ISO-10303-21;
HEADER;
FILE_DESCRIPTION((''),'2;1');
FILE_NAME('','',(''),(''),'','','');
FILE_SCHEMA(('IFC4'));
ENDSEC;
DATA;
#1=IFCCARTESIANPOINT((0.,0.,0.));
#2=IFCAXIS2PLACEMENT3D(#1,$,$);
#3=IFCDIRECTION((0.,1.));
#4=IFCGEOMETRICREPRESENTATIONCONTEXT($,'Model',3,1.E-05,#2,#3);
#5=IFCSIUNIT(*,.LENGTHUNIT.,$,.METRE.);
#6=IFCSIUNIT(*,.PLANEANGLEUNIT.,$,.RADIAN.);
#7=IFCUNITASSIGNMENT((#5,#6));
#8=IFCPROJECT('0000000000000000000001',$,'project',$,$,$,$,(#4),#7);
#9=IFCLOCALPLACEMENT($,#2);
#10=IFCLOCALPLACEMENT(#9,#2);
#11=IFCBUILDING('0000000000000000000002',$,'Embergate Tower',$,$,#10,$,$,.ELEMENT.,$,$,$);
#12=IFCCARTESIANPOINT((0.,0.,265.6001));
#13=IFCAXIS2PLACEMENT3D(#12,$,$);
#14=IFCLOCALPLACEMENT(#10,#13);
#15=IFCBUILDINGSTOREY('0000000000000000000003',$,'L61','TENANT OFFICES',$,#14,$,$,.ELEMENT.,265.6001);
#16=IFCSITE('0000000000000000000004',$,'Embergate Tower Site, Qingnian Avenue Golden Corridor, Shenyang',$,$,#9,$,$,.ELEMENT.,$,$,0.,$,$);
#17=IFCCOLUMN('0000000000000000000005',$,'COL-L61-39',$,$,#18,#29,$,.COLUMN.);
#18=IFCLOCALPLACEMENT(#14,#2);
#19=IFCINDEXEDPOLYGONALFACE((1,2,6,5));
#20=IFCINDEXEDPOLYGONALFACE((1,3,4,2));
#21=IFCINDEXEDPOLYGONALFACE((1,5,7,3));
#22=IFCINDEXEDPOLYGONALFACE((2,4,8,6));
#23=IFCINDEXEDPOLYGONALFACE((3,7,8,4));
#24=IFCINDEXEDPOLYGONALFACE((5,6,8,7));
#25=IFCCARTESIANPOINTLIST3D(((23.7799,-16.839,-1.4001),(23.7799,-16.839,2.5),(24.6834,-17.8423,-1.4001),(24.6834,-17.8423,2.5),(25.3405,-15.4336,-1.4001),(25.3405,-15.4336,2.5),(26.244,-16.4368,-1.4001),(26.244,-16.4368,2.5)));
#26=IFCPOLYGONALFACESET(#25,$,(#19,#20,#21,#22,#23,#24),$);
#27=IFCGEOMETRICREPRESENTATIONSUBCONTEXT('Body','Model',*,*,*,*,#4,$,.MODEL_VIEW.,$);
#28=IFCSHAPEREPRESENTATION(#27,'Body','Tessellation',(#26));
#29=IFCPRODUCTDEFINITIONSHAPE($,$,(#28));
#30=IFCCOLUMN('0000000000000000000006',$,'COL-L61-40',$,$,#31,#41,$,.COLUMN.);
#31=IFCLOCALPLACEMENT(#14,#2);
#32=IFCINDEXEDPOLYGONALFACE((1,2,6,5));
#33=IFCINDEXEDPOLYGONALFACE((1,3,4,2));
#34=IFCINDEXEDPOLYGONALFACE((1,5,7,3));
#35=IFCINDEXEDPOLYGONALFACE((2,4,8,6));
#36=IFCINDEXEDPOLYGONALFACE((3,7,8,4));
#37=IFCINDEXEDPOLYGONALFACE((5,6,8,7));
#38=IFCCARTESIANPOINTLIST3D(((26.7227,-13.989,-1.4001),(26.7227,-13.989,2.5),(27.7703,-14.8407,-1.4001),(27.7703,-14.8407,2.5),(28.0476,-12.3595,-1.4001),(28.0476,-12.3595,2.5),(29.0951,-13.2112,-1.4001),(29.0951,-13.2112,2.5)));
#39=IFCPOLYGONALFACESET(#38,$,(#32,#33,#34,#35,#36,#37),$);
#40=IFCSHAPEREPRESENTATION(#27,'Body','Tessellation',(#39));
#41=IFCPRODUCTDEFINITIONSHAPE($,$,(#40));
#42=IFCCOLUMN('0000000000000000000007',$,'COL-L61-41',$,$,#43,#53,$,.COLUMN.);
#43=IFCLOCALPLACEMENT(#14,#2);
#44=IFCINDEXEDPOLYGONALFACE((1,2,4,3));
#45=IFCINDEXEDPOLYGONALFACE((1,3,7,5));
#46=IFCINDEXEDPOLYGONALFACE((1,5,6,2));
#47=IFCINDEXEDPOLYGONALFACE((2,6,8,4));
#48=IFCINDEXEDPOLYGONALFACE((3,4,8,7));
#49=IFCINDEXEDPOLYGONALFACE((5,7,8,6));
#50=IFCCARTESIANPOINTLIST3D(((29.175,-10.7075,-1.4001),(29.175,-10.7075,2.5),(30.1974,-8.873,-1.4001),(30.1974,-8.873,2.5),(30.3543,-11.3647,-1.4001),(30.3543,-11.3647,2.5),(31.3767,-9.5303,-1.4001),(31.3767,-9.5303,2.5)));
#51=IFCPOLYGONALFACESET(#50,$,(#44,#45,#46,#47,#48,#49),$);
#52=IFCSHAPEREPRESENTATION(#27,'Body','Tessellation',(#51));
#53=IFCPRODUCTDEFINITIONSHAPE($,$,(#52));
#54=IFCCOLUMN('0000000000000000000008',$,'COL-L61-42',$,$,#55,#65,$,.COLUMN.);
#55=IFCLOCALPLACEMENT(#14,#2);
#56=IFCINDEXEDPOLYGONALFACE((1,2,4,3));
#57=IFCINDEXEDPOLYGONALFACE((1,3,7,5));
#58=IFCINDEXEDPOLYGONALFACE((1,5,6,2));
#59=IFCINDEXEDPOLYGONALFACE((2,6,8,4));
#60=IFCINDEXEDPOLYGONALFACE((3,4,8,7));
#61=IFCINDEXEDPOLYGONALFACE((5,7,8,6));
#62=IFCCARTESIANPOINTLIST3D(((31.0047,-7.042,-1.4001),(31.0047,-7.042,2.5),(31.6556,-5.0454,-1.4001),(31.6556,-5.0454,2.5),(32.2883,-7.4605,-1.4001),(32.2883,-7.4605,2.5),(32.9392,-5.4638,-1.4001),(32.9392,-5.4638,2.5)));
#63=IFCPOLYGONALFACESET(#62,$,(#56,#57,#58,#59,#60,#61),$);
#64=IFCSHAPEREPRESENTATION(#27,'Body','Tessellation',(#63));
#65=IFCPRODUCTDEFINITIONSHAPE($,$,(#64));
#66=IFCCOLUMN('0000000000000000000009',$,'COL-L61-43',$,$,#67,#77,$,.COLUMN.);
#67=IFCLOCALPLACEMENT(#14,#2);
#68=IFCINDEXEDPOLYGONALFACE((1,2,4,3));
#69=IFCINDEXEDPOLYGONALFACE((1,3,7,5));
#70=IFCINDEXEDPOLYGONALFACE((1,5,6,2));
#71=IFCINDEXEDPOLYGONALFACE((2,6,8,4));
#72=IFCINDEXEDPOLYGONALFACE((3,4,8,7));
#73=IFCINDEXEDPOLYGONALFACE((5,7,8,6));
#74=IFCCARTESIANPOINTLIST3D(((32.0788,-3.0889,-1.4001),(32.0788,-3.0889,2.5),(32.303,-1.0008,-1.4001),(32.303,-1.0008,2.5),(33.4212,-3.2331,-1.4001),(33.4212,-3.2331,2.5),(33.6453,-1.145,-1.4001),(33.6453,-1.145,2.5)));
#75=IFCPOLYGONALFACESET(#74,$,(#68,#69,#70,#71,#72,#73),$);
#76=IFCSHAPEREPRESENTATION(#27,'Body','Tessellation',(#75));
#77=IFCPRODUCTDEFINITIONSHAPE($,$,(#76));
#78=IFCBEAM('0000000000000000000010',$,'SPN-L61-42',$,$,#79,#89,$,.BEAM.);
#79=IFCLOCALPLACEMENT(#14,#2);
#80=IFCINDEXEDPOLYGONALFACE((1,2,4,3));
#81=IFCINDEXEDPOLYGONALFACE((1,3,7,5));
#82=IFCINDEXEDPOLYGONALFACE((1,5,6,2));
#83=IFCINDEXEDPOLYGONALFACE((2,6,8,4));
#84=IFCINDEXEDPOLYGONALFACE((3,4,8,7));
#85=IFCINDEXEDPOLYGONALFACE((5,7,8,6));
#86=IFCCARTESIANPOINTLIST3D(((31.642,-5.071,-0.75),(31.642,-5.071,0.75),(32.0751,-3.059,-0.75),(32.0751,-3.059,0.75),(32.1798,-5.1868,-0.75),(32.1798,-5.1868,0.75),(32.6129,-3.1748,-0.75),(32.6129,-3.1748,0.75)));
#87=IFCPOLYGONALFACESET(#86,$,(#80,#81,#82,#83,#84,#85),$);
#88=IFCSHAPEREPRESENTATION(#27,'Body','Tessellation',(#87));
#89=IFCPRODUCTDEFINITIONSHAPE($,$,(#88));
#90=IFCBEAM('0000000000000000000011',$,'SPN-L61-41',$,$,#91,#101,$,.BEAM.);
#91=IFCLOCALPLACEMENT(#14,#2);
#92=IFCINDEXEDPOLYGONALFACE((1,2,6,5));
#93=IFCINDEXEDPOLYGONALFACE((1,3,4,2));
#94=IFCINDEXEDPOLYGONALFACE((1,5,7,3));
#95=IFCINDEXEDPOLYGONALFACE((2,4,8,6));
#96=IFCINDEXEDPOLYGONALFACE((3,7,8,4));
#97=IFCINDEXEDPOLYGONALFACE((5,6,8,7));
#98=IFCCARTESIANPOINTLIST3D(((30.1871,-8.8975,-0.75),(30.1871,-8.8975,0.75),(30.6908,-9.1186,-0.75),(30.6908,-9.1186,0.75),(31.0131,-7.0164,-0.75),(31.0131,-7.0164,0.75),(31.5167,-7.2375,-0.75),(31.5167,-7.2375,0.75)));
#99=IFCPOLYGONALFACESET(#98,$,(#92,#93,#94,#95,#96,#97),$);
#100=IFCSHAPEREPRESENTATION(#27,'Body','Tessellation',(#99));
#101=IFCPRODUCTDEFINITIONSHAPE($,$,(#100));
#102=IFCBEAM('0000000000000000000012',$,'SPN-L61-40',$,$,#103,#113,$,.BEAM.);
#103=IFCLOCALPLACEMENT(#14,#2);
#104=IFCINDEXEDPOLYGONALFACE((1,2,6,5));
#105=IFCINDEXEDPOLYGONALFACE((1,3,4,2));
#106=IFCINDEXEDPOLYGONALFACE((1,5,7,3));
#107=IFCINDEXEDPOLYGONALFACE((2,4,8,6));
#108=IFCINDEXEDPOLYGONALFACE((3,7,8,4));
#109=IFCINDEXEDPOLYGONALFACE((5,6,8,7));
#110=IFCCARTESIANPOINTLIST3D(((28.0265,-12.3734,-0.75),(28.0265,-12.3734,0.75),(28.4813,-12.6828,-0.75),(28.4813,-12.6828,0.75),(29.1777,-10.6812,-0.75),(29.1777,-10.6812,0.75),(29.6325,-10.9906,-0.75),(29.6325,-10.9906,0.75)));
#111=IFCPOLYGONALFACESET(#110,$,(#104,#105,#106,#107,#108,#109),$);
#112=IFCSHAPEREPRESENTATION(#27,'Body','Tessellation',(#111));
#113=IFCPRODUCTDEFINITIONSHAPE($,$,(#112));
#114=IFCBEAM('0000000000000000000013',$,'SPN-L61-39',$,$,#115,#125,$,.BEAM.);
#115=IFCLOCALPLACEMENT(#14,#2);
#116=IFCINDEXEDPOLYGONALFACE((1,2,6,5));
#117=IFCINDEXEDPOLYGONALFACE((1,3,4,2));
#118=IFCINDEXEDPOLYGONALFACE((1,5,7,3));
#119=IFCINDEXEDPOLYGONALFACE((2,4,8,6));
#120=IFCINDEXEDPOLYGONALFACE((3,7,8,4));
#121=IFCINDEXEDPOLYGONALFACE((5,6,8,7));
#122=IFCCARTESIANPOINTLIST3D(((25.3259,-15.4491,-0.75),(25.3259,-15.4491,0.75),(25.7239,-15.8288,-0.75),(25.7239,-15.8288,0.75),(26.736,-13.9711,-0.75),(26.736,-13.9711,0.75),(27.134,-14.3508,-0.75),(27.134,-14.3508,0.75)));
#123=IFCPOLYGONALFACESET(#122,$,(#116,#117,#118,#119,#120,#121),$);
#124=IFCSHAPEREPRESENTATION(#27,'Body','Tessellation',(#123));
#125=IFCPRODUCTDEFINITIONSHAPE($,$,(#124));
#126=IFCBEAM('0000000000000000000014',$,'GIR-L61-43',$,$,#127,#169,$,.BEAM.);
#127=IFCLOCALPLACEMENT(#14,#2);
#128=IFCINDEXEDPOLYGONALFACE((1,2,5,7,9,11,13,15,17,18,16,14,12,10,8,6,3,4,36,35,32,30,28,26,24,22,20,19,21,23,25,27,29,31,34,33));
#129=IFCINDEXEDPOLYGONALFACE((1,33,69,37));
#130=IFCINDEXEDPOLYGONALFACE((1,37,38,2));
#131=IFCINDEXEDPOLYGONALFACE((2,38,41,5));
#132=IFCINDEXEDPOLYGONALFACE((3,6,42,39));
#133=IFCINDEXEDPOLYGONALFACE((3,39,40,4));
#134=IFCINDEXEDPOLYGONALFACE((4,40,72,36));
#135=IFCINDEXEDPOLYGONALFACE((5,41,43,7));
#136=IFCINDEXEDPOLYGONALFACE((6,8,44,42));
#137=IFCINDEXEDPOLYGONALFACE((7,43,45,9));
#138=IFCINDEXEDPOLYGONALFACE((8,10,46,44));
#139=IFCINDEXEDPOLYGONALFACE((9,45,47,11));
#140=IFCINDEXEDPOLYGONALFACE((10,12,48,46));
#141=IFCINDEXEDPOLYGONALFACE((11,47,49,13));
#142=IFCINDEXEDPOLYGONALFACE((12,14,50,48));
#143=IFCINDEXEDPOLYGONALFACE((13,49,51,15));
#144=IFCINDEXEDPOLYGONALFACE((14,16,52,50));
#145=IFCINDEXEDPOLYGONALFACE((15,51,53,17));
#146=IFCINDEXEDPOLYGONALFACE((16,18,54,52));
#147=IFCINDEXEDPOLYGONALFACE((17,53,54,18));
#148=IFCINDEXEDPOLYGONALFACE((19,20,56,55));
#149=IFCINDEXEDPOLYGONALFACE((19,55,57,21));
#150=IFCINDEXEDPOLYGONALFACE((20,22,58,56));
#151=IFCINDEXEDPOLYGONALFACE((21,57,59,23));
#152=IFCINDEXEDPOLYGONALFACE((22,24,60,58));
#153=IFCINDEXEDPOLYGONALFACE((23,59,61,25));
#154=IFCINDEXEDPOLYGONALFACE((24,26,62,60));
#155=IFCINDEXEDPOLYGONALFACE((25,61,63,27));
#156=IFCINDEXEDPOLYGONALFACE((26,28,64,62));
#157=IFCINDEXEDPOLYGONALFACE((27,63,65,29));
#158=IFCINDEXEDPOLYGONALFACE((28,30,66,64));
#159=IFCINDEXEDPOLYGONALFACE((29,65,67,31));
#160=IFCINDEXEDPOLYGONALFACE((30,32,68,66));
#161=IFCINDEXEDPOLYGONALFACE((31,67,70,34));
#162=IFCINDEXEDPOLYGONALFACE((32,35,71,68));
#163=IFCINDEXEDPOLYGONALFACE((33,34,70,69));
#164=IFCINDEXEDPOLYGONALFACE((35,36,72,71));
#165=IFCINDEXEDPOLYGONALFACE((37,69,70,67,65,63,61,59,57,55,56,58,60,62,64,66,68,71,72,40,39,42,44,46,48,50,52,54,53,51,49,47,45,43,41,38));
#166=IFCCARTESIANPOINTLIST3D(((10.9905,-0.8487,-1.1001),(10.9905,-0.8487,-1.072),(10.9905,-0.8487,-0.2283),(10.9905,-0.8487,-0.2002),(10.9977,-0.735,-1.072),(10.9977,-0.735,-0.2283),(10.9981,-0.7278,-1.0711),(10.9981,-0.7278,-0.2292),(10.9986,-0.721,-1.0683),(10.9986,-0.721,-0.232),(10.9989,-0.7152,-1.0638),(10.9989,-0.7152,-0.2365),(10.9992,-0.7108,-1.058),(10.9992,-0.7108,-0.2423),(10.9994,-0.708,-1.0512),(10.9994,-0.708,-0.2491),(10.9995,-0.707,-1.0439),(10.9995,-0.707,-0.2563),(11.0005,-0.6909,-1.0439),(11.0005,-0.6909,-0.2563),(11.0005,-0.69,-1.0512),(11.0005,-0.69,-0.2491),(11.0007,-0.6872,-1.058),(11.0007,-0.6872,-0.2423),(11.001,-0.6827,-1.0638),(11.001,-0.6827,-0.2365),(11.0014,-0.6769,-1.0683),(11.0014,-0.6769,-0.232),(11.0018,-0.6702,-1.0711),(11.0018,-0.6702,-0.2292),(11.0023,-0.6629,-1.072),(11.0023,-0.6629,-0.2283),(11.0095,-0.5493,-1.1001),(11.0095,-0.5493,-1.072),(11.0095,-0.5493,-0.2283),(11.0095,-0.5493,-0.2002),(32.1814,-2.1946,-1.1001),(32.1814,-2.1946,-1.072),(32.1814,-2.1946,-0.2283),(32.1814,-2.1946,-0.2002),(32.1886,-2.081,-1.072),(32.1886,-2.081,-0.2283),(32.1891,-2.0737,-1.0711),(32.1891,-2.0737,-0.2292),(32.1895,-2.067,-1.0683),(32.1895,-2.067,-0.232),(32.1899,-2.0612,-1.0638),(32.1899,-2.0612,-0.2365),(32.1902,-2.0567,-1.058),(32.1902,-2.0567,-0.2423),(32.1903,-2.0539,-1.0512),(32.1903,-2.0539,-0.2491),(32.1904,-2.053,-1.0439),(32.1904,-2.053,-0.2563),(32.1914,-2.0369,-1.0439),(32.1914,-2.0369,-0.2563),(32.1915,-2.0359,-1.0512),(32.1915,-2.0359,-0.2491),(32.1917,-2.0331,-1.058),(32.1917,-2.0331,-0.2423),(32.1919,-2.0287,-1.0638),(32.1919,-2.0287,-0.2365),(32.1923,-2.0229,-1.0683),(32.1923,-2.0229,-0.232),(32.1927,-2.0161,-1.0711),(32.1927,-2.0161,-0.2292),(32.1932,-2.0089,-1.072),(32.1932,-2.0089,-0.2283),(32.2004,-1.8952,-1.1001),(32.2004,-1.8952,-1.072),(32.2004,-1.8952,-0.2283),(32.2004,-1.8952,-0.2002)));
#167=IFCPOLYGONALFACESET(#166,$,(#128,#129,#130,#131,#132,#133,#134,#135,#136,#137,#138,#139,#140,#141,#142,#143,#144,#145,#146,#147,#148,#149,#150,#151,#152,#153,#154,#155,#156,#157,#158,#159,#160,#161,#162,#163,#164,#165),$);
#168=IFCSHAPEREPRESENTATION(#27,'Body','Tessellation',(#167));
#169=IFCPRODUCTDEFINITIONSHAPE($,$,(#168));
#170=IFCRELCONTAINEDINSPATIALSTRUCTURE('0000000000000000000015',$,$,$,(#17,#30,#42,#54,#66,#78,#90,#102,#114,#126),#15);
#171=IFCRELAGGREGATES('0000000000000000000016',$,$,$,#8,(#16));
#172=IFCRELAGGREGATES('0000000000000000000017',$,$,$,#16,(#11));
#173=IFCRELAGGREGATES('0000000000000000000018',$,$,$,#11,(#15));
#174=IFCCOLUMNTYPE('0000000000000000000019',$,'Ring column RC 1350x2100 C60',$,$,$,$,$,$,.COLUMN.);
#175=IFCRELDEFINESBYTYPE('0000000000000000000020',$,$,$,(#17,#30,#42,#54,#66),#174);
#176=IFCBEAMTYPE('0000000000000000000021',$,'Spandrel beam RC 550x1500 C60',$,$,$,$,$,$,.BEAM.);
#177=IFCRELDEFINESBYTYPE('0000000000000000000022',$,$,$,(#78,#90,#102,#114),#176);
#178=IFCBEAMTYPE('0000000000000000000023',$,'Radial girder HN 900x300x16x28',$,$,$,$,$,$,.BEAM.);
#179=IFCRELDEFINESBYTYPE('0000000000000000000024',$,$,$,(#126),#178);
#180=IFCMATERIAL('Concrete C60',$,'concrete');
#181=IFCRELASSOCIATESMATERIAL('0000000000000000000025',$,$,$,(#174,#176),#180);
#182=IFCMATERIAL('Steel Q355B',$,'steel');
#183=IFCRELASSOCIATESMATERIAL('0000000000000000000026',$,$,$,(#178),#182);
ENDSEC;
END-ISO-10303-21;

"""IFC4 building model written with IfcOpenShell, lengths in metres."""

from ifc_helpers import new_model, si_unit, direction, frame, origin, origin_2d, place, context, subcontext, project, spatial, rectangle, i_section, extrude, source, transform, mapped, material, material_profile, profile_set, type_object, element, save


model = new_model("IFC4")

# Units and contexts
model_context = context("Model", 3, precision=1e-05, world=origin(), true_north=direction((0.0, 1.0)))
body_context = subcontext(model_context, "Body", "Model", "MODEL_VIEW")
ifc_project = project(units=[si_unit("LENGTHUNIT", "METRE"), si_unit("PLANEANGLEUNIT", "RADIAN")], contexts=[model_context])

# Site, building, storey
site_placement = place(None, origin())
site = spatial("IfcSite", under=ifc_project, at=site_placement, Name="Embergate Tower Site, Qingnian Avenue Golden Corridor, Shenyang", CompositionType="ELEMENT", RefElevation=0.0)
building_placement = place(site_placement, origin())
building = spatial("IfcBuilding", under=site, at=building_placement, Name="Embergate Tower", CompositionType="ELEMENT")
storey_placement = place(building_placement, frame((0.0, 0.0, 265.6001)))
storey = spatial("IfcBuildingStorey", under=building, at=storey_placement, Name="L61", Description="TENANT OFFICES", CompositionType="ELEMENT", Elevation=265.6001)

# Columns
ifc_material_1 = material(Name="Concrete C60", Category="concrete")
ifc_material_profile_1 = material_profile(ifc_material_1, rectangle(XDim=1.3501, YDim=2.1001, at=origin_2d()), Name="RC 1350x2100")
ifc_profile_set_1 = profile_set([ifc_material_profile_1], Name="Concrete C60")
column_type = type_object("IfcColumnType", Name="Ring column RC 1350x2100 C60", PredefinedType="COLUMN", material=ifc_profile_set_1)
shared_shape_1 = source(origin(), body_context, "Body", "SweptSolid", [
    extrude(rectangle(XDim=1.3501, YDim=2.1001, at=origin_2d()), origin(), (0.0, 0.0, 1.0), 3.9001),
])
for number, where, z_axis, x_axis, name in (
    (1, (25.012, -16.6379, -1.4001), (0.0, 0.0, 1.0), (0.669208, -0.743075, 0.0), "COL-L61-39"),
    (2, (27.9089, -13.6001, -1.4001), (0.0, 0.0, 1.0), (0.775914, -0.630838, 0.0), "COL-L61-40"),
    (3, (30.2759, -10.1189, -1.4001), (0.0, 0.0, 1.0), (0.873492, -0.486839, 0.0), "COL-L61-41"),
    (4, (31.9719, -6.2529, -1.4001), (0.0, 0.0, 1.0), (0.950754, -0.309946, 0.0), "COL-L61-42"),
    (5, (32.8621, -2.1169, -1.4001), (0.0, 0.0, 1.0), (0.994286, -0.10675, 0.0), "COL-L61-43"),
):
    element("IfcColumn", number, at=place(storey_placement, frame(where, z_axis=z_axis, x_axis=x_axis)), inside=storey, type_object=column_type, Name=name, PredefinedType="COLUMN", context=body_context, shape_type="MappedRepresentation", body=[
        mapped(shared_shape_1, transform((0.0, 0.0, 0.0))),
    ])

# Beams
ifc_material_profile_2 = material_profile(ifc_material_1, rectangle(XDim=0.55, YDim=1.5, at=origin_2d()), Name="RC 550x1500")
ifc_profile_set_2 = profile_set([ifc_material_profile_2], Name="Concrete C60")
beam_type_1 = type_object("IfcBeamType", Name="Spandrel beam RC 550x1500 C60", PredefinedType="BEAM", material=ifc_profile_set_2)
shared_shape_2 = source(origin(), body_context, "Body", "SweptSolid", [
    extrude(rectangle(XDim=0.55, YDim=1.5, at=origin_2d()), origin(), (0.0, 0.0, 1.0), 2.0581),
])
beam_1_placement = place(storey_placement, frame((31.9109, -5.1289, 0.0), z_axis=(0.210444, 0.977606, 0.0), x_axis=(-0.977606, 0.210444, 0.0)))
element("IfcBeam", 6, at=beam_1_placement, inside=storey, type_object=beam_type_1, Name="SPN-L61-42", PredefinedType="BEAM", context=body_context, shape_type="MappedRepresentation", body=[
    mapped(shared_shape_2, transform((0.0, 0.0, 0.0))),
])
shared_shape_3 = source(origin(), body_context, "Body", "SweptSolid", [
    extrude(rectangle(XDim=0.55, YDim=1.5, at=origin_2d()), origin(), (0.0, 0.0, 1.0), 2.0544),
])
beam_2_placement = place(storey_placement, frame((30.439, -9.0081, 0.0), z_axis=(0.402022, 0.91563, 0.0), x_axis=(-0.91563, 0.402022, 0.0)))
element("IfcBeam", 7, at=beam_2_placement, inside=storey, type_object=beam_type_1, Name="SPN-L61-41", PredefinedType="BEAM", context=body_context, shape_type="MappedRepresentation", body=[
    mapped(shared_shape_3, transform((0.0, 0.0, 0.0))),
])
shared_shape_4 = source(origin(), body_context, "Body", "SweptSolid", [
    extrude(rectangle(XDim=0.55, YDim=1.5, at=origin_2d()), origin(), (0.0, 0.0, 1.0), 2.0466),
])
beam_3_placement = place(storey_placement, frame((28.2539, -12.5281, 0.0), z_axis=(0.562467, 0.82682, 0.0), x_axis=(-0.82682, 0.562467, 0.0)))
element("IfcBeam", 8, at=beam_3_placement, inside=storey, type_object=beam_type_1, Name="SPN-L61-40", PredefinedType="BEAM", context=body_context, shape_type="MappedRepresentation", body=[
    mapped(shared_shape_4, transform((0.0, 0.0, 0.0))),
])
shared_shape_5 = source(origin(), body_context, "Body", "SweptSolid", [
    extrude(rectangle(XDim=0.55, YDim=1.5, at=origin_2d()), origin(), (0.0, 0.0, 1.0), 2.0427),
])
beam_4_placement = place(storey_placement, frame((25.5249, -15.6389, 0.0), z_axis=(0.690299, 0.723524, 0.0), x_axis=(-0.723524, 0.690299, 0.0)))
element("IfcBeam", 9, at=beam_4_placement, inside=storey, type_object=beam_type_1, Name="SPN-L61-39", PredefinedType="BEAM", context=body_context, shape_type="MappedRepresentation", body=[
    mapped(shared_shape_5, transform((0.0, 0.0, 0.0))),
])
ifc_material_2 = material(Name="Steel Q355B", Category="steel")
ifc_material_profile_3 = material_profile(ifc_material_2, i_section(OverallWidth=0.3, OverallDepth=0.8999, WebThickness=0.0161, FlangeThickness=0.0281, FilletRadius=0.0281, at=origin_2d()), Name="HN 900x300x16x28")
ifc_profile_set_3 = profile_set([ifc_material_profile_3], Name="Steel Q355 grade B")
beam_type_2 = type_object("IfcBeamType", Name="Radial girder HN 900x300x16x28", PredefinedType="BEAM", material=ifc_profile_set_3)
shared_shape_6 = source(origin(), body_context, "Body", "SweptSolid", [
    extrude(i_section(OverallWidth=0.3, OverallDepth=0.8999, WebThickness=0.0161, FlangeThickness=0.0281, FilletRadius=0.0281, at=origin_2d()), origin(), (0.0, 0.0, 1.0), 21.2336),
])
beam_5_placement = place(storey_placement, frame((32.1909, -2.0449, -0.6501), z_axis=(-0.997989, 0.063388, 0.0), x_axis=(-0.063388, -0.997989, 0.0)))
element("IfcBeam", 10, at=beam_5_placement, inside=storey, type_object=beam_type_2, Name="GIR-L61-43", PredefinedType="BEAM", context=body_context, shape_type="MappedRepresentation", body=[
    mapped(shared_shape_6, transform((0.0, 0.0, 0.0))),
])

save(model, "model.ifc")
